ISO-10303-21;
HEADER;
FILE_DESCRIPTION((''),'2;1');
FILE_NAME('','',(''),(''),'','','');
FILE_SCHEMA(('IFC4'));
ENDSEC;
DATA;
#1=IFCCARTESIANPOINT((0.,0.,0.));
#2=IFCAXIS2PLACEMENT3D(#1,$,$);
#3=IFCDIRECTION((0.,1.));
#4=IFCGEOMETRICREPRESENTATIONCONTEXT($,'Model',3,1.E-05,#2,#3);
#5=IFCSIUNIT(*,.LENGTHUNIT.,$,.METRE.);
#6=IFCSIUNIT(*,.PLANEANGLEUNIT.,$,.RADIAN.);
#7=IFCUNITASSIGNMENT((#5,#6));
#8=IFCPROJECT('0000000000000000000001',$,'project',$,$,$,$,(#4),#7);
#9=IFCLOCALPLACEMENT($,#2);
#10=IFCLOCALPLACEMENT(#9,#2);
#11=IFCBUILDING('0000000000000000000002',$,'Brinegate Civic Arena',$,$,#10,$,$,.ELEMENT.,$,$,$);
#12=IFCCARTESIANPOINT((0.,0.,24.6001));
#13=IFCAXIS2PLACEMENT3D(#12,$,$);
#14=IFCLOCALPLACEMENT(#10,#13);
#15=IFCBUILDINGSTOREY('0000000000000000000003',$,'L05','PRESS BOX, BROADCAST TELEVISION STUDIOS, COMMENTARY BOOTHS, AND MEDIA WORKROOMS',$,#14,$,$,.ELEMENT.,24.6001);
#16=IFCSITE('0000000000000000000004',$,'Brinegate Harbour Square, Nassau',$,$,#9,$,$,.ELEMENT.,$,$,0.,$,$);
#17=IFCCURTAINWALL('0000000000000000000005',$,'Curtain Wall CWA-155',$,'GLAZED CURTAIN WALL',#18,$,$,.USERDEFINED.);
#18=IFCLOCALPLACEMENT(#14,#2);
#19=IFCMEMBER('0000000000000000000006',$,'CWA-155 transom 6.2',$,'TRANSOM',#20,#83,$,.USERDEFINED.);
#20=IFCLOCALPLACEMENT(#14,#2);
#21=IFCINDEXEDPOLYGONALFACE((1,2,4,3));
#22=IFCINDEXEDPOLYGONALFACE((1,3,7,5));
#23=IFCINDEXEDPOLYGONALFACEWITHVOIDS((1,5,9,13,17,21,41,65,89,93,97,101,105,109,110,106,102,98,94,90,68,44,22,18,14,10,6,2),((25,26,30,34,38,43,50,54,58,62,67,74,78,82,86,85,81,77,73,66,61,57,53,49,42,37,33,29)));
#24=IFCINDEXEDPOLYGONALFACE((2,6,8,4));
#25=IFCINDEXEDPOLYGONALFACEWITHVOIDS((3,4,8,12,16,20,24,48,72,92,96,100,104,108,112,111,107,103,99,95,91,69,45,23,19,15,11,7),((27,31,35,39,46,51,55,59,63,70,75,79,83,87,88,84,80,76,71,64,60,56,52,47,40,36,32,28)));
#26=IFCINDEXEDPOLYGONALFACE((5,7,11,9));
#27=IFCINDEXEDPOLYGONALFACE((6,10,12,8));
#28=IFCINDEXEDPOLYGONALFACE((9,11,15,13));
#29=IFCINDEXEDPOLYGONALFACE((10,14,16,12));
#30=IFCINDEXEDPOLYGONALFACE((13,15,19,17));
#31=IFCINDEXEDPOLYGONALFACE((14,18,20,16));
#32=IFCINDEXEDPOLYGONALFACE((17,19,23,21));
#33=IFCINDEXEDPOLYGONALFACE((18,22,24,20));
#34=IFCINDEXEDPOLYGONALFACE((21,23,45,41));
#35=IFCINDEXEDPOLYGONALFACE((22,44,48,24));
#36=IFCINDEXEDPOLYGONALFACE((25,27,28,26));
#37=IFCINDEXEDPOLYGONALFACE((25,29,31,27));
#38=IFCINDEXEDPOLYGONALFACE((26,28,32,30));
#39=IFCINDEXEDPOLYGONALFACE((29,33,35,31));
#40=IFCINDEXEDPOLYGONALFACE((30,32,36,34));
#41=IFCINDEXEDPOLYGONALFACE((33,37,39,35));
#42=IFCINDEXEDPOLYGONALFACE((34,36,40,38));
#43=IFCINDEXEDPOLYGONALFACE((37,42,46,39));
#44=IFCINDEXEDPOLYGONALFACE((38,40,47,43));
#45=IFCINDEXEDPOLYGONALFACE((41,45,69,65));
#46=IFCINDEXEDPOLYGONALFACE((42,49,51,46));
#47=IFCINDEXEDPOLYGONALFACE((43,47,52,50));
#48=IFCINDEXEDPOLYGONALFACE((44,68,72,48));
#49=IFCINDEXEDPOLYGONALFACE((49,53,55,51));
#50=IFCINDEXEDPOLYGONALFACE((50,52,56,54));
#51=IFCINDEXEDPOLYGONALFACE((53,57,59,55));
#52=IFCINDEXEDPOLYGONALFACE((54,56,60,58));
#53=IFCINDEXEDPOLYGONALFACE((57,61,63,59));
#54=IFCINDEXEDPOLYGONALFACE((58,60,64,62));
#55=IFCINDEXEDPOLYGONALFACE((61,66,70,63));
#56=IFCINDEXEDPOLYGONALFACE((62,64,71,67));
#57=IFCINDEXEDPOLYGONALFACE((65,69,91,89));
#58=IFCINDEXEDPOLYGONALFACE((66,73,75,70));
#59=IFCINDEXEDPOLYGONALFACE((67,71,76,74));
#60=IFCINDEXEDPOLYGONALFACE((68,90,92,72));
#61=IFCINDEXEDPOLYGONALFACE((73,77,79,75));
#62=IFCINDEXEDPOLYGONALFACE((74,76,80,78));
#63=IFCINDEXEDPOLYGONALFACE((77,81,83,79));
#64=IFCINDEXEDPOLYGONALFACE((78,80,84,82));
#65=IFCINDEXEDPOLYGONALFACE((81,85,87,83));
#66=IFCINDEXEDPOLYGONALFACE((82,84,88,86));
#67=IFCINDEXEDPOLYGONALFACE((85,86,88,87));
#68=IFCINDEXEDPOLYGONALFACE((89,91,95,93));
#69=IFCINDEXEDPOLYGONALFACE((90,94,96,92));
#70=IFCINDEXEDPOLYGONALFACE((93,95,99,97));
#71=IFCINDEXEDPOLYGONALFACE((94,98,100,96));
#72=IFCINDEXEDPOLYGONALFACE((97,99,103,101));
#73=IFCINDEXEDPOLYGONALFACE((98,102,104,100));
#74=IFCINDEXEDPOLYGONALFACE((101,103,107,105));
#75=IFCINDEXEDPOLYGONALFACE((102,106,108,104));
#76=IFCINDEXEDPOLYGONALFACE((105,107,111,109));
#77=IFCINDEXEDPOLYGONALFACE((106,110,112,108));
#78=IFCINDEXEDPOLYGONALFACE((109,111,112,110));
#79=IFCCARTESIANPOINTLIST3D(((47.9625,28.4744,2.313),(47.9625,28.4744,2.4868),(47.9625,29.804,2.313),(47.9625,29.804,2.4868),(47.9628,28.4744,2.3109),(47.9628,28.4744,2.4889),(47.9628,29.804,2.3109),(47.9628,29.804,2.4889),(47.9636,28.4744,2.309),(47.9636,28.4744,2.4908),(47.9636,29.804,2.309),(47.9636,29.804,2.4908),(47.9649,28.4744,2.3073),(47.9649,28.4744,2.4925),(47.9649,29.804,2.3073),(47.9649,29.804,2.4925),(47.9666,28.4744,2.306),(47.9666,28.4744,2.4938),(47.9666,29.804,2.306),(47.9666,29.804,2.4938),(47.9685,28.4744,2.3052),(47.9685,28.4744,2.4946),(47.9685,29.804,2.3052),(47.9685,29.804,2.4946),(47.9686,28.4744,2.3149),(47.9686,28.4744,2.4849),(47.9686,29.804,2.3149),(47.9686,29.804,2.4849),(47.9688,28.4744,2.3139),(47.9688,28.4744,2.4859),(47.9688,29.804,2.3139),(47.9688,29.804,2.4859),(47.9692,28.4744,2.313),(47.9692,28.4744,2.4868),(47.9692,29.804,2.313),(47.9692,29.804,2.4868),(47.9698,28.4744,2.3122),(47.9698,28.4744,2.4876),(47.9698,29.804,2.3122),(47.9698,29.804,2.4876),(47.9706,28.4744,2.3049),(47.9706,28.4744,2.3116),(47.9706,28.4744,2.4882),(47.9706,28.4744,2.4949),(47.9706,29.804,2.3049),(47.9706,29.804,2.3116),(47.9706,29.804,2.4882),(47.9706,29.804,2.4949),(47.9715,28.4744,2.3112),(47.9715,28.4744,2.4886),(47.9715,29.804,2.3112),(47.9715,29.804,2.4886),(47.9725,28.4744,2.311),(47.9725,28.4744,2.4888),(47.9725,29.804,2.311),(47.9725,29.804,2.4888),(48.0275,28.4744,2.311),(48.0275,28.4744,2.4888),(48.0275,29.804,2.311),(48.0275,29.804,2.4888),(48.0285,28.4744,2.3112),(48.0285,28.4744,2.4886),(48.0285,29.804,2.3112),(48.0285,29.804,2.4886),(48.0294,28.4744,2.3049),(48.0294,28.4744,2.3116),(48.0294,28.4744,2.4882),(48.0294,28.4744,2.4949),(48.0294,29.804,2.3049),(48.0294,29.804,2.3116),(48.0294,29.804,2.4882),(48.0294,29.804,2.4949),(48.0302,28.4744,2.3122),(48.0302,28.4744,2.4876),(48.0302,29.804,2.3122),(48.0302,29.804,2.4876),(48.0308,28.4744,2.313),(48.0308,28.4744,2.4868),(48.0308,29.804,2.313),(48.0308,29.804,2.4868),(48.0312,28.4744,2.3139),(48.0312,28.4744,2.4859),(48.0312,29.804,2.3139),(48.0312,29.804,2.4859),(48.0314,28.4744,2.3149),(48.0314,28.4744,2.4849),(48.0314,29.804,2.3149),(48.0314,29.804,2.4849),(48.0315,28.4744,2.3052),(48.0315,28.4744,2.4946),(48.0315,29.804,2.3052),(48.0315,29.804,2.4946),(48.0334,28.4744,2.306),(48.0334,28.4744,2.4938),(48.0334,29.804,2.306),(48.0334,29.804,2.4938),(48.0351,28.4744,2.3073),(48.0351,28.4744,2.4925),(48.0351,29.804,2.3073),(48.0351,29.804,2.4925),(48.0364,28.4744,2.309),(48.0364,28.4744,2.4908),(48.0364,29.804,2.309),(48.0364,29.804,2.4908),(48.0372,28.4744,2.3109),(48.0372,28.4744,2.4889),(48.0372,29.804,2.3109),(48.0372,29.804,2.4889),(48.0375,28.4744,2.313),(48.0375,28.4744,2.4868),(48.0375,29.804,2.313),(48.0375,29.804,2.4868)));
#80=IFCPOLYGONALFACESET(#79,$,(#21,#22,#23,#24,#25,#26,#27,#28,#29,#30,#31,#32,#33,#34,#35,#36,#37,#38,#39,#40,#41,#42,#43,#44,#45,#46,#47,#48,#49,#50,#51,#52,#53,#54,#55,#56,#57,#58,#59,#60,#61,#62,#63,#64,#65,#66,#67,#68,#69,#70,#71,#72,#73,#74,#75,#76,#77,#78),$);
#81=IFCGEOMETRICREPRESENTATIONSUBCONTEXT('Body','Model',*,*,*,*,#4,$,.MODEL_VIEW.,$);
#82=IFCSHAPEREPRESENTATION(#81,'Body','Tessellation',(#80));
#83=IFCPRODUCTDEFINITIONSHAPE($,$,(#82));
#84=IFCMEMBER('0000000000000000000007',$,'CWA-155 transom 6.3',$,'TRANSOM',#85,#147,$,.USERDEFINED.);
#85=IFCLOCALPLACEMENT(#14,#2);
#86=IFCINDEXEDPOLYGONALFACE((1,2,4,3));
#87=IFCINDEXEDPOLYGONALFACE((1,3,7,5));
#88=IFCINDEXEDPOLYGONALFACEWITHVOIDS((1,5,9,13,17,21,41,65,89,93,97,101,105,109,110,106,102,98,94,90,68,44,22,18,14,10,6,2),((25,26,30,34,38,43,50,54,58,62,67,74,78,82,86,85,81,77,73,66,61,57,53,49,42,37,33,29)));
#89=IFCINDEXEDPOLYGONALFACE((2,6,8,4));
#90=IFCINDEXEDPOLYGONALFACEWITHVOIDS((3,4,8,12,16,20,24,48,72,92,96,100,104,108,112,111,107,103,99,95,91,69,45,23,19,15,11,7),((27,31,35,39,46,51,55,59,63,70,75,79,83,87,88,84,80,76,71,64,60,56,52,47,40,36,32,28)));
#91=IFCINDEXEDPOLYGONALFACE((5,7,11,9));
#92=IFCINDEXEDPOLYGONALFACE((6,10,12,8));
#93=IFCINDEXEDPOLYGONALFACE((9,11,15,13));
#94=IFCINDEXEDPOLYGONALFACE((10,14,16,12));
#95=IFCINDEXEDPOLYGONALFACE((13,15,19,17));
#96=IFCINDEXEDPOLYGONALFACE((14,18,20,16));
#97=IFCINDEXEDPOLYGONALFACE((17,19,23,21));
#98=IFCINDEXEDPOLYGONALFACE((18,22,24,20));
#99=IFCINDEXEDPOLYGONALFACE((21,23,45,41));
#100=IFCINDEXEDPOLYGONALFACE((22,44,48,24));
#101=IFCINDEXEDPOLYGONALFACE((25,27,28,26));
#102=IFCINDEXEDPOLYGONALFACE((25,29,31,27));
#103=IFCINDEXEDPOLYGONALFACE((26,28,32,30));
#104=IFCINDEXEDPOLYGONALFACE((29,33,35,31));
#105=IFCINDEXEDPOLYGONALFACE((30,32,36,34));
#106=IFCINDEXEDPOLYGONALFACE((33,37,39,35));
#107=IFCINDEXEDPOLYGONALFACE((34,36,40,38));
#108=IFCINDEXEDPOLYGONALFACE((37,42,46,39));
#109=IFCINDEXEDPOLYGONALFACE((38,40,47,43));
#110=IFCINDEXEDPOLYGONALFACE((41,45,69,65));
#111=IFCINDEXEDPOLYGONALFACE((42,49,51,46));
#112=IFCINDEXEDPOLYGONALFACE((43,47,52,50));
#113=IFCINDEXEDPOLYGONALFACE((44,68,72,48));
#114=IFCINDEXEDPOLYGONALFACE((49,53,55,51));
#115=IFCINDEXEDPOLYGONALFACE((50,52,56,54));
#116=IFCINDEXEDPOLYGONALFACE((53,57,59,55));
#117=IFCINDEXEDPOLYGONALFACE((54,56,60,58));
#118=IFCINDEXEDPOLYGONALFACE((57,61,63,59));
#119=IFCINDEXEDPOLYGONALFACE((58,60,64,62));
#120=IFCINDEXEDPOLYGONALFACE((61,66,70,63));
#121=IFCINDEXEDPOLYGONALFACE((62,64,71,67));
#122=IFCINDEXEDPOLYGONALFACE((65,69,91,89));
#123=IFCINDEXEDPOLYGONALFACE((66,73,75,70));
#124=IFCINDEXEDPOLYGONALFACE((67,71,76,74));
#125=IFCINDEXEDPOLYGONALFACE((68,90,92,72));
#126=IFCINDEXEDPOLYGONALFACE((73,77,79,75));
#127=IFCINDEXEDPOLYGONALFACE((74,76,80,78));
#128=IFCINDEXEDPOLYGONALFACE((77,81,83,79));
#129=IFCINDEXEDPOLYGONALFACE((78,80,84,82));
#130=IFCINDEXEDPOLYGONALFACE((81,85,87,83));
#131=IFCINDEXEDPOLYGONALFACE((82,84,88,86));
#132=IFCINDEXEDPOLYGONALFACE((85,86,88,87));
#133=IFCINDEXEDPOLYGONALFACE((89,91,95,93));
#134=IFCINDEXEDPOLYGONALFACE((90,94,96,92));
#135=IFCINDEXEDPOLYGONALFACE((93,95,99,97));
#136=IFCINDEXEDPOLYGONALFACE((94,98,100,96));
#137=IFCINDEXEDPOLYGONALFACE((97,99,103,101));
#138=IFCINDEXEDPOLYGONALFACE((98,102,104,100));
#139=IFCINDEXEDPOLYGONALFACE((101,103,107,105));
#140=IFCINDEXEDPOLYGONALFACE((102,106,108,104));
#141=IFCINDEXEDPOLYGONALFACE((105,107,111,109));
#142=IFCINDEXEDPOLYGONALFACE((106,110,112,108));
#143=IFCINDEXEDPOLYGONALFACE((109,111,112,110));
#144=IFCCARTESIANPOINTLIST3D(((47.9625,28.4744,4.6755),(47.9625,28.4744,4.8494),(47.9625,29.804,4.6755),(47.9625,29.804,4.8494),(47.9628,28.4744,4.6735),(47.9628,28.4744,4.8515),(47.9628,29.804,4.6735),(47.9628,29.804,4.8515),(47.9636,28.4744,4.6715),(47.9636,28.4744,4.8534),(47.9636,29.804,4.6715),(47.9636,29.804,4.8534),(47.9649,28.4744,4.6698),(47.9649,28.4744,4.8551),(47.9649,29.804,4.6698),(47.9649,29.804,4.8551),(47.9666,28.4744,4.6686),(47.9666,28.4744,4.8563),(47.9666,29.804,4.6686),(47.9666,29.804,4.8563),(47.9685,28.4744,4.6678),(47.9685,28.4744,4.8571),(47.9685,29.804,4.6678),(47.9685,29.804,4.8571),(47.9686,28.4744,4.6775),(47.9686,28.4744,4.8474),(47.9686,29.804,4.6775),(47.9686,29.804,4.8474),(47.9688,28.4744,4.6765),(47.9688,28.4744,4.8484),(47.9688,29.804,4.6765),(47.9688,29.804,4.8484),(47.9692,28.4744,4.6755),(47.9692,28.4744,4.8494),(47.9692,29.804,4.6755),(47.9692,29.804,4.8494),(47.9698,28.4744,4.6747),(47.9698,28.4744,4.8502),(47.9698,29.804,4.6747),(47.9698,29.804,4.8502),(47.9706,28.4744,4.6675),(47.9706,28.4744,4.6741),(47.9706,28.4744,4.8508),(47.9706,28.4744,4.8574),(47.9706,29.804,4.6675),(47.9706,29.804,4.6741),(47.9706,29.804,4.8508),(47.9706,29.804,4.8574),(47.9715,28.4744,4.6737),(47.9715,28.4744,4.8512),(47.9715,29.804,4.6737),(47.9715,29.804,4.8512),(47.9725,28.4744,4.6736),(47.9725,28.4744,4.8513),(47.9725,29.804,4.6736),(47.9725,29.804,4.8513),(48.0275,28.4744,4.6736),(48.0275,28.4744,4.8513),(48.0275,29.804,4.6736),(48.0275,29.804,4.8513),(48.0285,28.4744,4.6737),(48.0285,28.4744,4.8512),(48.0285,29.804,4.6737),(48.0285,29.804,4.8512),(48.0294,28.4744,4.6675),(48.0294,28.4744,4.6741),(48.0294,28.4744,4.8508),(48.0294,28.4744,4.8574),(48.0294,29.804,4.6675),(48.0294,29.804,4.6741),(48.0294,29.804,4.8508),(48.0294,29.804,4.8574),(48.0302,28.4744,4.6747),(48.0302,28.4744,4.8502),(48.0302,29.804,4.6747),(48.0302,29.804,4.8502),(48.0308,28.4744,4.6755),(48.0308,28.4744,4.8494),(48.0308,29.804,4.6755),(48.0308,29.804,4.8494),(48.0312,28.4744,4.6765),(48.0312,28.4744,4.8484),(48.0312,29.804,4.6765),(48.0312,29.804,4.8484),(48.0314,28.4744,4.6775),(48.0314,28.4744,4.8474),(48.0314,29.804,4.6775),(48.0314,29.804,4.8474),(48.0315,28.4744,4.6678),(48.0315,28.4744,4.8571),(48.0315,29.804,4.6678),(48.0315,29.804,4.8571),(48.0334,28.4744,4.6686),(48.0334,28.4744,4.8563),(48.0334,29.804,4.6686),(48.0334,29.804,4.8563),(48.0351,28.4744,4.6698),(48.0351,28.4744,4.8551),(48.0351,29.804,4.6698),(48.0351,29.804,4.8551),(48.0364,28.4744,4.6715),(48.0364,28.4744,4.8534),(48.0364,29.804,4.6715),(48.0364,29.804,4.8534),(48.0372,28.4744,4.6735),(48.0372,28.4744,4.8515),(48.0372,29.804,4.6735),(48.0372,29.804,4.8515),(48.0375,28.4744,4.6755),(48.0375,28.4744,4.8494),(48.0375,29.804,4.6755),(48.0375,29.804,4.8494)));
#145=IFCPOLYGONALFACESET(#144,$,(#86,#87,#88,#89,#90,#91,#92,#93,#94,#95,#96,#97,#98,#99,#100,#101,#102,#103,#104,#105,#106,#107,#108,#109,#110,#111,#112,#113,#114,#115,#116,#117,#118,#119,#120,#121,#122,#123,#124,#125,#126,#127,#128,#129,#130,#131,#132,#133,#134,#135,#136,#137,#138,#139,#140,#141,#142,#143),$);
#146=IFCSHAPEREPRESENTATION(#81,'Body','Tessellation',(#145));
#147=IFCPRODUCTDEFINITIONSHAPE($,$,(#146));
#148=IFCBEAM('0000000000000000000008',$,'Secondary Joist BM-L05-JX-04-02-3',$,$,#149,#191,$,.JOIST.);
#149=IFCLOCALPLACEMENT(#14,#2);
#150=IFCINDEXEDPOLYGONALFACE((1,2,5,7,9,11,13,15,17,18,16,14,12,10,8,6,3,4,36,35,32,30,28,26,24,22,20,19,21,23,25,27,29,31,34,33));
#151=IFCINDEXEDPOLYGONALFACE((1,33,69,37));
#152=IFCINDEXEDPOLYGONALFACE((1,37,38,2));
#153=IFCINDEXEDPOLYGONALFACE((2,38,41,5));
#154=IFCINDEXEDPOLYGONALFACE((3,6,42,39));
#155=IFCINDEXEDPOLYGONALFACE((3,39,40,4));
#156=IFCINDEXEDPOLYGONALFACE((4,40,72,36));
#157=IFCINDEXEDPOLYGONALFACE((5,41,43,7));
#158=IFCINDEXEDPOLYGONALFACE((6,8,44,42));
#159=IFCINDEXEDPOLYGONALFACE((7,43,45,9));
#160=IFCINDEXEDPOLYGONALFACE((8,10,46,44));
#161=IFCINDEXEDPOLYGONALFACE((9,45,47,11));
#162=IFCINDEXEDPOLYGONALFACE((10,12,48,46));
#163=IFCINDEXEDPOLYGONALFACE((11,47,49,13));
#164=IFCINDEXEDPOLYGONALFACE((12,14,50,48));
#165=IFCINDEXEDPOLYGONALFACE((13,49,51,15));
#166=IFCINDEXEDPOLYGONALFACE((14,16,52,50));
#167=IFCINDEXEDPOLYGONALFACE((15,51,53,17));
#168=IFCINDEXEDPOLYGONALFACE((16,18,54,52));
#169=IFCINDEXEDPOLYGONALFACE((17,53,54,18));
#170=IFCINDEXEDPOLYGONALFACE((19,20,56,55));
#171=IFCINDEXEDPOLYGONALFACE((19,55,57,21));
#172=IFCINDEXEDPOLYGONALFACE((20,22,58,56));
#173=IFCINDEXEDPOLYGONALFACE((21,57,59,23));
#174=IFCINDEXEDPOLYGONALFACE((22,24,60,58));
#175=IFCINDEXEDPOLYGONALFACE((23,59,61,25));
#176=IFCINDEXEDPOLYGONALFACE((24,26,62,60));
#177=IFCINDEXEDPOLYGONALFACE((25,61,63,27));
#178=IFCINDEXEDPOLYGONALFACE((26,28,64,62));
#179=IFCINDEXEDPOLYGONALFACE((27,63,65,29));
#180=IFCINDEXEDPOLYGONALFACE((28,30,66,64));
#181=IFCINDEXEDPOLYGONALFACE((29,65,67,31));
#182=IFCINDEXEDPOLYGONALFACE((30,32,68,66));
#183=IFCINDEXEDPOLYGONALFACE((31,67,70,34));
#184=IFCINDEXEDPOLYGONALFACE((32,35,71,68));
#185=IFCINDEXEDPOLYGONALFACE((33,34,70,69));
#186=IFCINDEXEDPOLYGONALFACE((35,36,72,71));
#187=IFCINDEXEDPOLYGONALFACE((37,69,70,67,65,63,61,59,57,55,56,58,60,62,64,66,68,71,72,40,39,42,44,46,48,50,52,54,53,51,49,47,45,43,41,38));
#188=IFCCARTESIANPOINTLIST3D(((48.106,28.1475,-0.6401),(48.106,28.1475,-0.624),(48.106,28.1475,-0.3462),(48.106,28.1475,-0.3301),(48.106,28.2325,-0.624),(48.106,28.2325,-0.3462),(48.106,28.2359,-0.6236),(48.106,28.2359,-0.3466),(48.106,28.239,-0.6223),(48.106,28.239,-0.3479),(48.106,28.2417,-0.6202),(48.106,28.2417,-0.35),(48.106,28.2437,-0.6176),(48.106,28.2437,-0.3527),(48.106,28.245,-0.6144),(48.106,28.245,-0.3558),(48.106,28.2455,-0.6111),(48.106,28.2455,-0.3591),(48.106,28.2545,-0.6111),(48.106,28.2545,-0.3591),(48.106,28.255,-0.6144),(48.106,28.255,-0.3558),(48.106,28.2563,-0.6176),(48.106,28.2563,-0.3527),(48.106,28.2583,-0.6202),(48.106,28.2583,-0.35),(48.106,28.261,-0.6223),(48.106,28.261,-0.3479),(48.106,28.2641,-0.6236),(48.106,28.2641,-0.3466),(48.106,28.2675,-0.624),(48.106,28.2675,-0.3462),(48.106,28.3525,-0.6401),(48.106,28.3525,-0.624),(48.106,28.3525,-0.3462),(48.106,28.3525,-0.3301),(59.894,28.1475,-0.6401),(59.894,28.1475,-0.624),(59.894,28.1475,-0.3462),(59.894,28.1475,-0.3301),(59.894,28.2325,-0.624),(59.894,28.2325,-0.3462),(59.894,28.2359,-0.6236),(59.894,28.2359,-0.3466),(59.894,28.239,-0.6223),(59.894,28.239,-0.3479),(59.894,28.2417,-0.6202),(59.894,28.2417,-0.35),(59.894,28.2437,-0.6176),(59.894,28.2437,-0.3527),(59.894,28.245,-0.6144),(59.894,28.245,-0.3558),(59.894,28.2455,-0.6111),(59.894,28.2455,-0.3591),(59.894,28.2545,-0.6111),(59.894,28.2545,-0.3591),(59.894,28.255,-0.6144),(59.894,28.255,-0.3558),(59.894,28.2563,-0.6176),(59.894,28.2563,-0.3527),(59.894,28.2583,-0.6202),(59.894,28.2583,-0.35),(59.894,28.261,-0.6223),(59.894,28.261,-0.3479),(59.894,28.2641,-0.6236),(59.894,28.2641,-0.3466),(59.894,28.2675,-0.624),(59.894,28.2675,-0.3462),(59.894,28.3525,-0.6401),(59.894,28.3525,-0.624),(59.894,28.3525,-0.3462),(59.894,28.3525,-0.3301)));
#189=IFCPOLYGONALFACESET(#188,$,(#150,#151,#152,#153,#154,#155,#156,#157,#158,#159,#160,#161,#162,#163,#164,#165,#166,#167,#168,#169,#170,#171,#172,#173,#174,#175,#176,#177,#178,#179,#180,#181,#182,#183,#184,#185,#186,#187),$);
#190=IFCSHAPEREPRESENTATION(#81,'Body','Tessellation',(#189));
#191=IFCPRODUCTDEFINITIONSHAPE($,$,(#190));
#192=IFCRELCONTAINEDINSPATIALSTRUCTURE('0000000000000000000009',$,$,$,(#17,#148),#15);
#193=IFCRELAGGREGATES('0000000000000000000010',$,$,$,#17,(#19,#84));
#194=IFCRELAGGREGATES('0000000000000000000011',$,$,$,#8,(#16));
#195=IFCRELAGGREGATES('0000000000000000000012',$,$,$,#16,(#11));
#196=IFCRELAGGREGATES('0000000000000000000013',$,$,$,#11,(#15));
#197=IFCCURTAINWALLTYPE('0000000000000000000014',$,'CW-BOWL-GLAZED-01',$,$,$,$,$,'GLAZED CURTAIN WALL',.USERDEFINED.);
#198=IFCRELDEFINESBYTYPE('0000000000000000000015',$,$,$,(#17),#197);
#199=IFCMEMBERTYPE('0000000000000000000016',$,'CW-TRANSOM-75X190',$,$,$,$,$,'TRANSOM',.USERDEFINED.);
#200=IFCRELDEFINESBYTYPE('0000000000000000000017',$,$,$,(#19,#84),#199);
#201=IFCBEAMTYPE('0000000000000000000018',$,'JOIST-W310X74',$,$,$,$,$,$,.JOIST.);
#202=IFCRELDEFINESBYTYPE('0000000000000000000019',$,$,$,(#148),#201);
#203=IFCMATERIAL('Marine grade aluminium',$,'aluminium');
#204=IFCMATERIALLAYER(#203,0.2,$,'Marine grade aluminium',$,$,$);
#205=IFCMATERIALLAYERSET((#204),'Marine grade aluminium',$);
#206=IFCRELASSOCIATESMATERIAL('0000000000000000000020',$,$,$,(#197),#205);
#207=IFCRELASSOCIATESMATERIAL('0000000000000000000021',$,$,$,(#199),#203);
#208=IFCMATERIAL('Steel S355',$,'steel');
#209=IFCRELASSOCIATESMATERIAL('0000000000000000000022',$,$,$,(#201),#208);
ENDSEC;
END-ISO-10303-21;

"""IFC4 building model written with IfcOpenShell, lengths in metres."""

from ifc_helpers import new_model, si_unit, direction, frame, origin, origin_2d, place, context, subcontext, project, spatial, hollow_rectangle, i_section, extrude, material, layer, layer_set, material_profile, profile_set, type_object, element, aggregate, save


model = new_model("IFC4")

# Units and contexts
model_context = context("Model", 3, precision=1e-05, world=origin(), true_north=direction((0.0, 1.0)))
body_context = subcontext(model_context, "Body", "Model", "MODEL_VIEW")
ifc_project = project(units=[si_unit("LENGTHUNIT", "METRE"), si_unit("PLANEANGLEUNIT", "RADIAN")], contexts=[model_context])

# Site, building, storey
site_placement = place(None, origin())
site = spatial("IfcSite", under=ifc_project, at=site_placement, Name="Brinegate Harbour Square, Nassau", CompositionType="ELEMENT", RefElevation=0.0)
building_placement = place(site_placement, origin())
building = spatial("IfcBuilding", under=site, at=building_placement, Name="Brinegate Civic Arena", CompositionType="ELEMENT")
storey_placement = place(building_placement, frame((0.0, 0.0, 24.6001)))
storey = spatial("IfcBuildingStorey", under=building, at=storey_placement, Name="L05", Description="PRESS BOX, BROADCAST TELEVISION STUDIOS, COMMENTARY BOOTHS, AND MEDIA WORKROOMS", CompositionType="ELEMENT", Elevation=24.6001)

# Curtain wall, members
ifc_material_1 = material(Name="Marine grade aluminium", Category="aluminium")
ifc_layer_1 = layer(ifc_material_1, 0.2, Name="Marine grade aluminium")
ifc_layer_set_1 = layer_set([ifc_layer_1], Name="Marine grade aluminium")
curtain_wall_type = type_object("IfcCurtainWallType", Name="CW-BOWL-GLAZED-01", ElementType="GLAZED CURTAIN WALL", PredefinedType="USERDEFINED", material=ifc_layer_set_1)
curtain_wall_placement = place(storey_placement, origin())
curtain_wall = element("IfcCurtainWall", 1, at=curtain_wall_placement, inside=storey, type_object=curtain_wall_type, Name="Curtain Wall CWA-155", ObjectType="GLAZED CURTAIN WALL", PredefinedType="USERDEFINED")
ifc_material_profile_1 = material_profile(ifc_material_1, hollow_rectangle(XDim=0.075, YDim=0.1899, WallThickness=0.0061, InnerFilletRadius=0.0039, OuterFilletRadius=0.0081, at=origin_2d()), Name="TRN75X190")
ifc_profile_set_1 = profile_set([ifc_material_profile_1], Name="Marine grade aluminium")
member_type_1 = type_object("IfcMemberType", Name="CW-TRANSOM-75X190", ElementType="TRANSOM", PredefinedType="USERDEFINED", material=ifc_profile_set_1)
member_1_placement = place(storey_placement, frame((48.0, 28.4744, 2.3999), z_axis=(0.0, 1.0, 0.0), x_axis=(-1.0, 0.0, 0.0)))
member_1 = element("IfcMember", 2, at=member_1_placement, type_object=member_type_1, Name="CWA-155 transom 6.2", ObjectType="TRANSOM", PredefinedType="USERDEFINED", context=body_context, shape_type="SweptSolid", body=[
    extrude(hollow_rectangle(XDim=0.075, YDim=0.1899, WallThickness=0.0061, InnerFilletRadius=0.0039, OuterFilletRadius=0.0081, at=origin_2d()), origin(), (0.0, 0.0, 1.0), 1.3296),
])
member_2_placement = place(storey_placement, frame((48.0, 28.4744, 4.7625), z_axis=(0.0, 1.0, 0.0), x_axis=(-1.0, 0.0, 0.0)))
member_2 = element("IfcMember", 3, at=member_2_placement, type_object=member_type_1, Name="CWA-155 transom 6.3", ObjectType="TRANSOM", PredefinedType="USERDEFINED", context=body_context, shape_type="SweptSolid", body=[
    extrude(hollow_rectangle(XDim=0.075, YDim=0.1899, WallThickness=0.0061, InnerFilletRadius=0.0039, OuterFilletRadius=0.0081, at=origin_2d()), origin(), (0.0, 0.0, 1.0), 1.3296),
])

# Beam
ifc_material_2 = material(Name="Steel S355", Category="steel")
ifc_material_profile_2 = material_profile(ifc_material_2, i_section(OverallWidth=0.2051, OverallDepth=0.3101, WebThickness=0.009, FlangeThickness=0.0161, FilletRadius=0.0129, at=origin_2d()), Name="W310X74")
ifc_profile_set_2 = profile_set([ifc_material_profile_2], Name="Steel S355")
beam_type_1 = type_object("IfcBeamType", Name="JOIST-W310X74", PredefinedType="JOIST", material=ifc_profile_set_2)
beam_1_placement = place(storey_placement, frame((48.106, 28.25, -0.4851), z_axis=(1.0, 0.0, 0.0), x_axis=(0.0, 1.0, 0.0)))
element("IfcBeam", 4, at=beam_1_placement, inside=storey, type_object=beam_type_1, Name="Secondary Joist BM-L05-JX-04-02-3", PredefinedType="JOIST", context=body_context, shape_type="SweptSolid", body=[
    extrude(i_section(OverallWidth=0.2051, OverallDepth=0.3101, WebThickness=0.009, FlangeThickness=0.0161, FilletRadius=0.0129, at=origin_2d()), origin(), (0.0, 0.0, 1.0), 11.7881),
])

aggregate(curtain_wall, [member_1, member_2])

save(model, "model.ifc")
